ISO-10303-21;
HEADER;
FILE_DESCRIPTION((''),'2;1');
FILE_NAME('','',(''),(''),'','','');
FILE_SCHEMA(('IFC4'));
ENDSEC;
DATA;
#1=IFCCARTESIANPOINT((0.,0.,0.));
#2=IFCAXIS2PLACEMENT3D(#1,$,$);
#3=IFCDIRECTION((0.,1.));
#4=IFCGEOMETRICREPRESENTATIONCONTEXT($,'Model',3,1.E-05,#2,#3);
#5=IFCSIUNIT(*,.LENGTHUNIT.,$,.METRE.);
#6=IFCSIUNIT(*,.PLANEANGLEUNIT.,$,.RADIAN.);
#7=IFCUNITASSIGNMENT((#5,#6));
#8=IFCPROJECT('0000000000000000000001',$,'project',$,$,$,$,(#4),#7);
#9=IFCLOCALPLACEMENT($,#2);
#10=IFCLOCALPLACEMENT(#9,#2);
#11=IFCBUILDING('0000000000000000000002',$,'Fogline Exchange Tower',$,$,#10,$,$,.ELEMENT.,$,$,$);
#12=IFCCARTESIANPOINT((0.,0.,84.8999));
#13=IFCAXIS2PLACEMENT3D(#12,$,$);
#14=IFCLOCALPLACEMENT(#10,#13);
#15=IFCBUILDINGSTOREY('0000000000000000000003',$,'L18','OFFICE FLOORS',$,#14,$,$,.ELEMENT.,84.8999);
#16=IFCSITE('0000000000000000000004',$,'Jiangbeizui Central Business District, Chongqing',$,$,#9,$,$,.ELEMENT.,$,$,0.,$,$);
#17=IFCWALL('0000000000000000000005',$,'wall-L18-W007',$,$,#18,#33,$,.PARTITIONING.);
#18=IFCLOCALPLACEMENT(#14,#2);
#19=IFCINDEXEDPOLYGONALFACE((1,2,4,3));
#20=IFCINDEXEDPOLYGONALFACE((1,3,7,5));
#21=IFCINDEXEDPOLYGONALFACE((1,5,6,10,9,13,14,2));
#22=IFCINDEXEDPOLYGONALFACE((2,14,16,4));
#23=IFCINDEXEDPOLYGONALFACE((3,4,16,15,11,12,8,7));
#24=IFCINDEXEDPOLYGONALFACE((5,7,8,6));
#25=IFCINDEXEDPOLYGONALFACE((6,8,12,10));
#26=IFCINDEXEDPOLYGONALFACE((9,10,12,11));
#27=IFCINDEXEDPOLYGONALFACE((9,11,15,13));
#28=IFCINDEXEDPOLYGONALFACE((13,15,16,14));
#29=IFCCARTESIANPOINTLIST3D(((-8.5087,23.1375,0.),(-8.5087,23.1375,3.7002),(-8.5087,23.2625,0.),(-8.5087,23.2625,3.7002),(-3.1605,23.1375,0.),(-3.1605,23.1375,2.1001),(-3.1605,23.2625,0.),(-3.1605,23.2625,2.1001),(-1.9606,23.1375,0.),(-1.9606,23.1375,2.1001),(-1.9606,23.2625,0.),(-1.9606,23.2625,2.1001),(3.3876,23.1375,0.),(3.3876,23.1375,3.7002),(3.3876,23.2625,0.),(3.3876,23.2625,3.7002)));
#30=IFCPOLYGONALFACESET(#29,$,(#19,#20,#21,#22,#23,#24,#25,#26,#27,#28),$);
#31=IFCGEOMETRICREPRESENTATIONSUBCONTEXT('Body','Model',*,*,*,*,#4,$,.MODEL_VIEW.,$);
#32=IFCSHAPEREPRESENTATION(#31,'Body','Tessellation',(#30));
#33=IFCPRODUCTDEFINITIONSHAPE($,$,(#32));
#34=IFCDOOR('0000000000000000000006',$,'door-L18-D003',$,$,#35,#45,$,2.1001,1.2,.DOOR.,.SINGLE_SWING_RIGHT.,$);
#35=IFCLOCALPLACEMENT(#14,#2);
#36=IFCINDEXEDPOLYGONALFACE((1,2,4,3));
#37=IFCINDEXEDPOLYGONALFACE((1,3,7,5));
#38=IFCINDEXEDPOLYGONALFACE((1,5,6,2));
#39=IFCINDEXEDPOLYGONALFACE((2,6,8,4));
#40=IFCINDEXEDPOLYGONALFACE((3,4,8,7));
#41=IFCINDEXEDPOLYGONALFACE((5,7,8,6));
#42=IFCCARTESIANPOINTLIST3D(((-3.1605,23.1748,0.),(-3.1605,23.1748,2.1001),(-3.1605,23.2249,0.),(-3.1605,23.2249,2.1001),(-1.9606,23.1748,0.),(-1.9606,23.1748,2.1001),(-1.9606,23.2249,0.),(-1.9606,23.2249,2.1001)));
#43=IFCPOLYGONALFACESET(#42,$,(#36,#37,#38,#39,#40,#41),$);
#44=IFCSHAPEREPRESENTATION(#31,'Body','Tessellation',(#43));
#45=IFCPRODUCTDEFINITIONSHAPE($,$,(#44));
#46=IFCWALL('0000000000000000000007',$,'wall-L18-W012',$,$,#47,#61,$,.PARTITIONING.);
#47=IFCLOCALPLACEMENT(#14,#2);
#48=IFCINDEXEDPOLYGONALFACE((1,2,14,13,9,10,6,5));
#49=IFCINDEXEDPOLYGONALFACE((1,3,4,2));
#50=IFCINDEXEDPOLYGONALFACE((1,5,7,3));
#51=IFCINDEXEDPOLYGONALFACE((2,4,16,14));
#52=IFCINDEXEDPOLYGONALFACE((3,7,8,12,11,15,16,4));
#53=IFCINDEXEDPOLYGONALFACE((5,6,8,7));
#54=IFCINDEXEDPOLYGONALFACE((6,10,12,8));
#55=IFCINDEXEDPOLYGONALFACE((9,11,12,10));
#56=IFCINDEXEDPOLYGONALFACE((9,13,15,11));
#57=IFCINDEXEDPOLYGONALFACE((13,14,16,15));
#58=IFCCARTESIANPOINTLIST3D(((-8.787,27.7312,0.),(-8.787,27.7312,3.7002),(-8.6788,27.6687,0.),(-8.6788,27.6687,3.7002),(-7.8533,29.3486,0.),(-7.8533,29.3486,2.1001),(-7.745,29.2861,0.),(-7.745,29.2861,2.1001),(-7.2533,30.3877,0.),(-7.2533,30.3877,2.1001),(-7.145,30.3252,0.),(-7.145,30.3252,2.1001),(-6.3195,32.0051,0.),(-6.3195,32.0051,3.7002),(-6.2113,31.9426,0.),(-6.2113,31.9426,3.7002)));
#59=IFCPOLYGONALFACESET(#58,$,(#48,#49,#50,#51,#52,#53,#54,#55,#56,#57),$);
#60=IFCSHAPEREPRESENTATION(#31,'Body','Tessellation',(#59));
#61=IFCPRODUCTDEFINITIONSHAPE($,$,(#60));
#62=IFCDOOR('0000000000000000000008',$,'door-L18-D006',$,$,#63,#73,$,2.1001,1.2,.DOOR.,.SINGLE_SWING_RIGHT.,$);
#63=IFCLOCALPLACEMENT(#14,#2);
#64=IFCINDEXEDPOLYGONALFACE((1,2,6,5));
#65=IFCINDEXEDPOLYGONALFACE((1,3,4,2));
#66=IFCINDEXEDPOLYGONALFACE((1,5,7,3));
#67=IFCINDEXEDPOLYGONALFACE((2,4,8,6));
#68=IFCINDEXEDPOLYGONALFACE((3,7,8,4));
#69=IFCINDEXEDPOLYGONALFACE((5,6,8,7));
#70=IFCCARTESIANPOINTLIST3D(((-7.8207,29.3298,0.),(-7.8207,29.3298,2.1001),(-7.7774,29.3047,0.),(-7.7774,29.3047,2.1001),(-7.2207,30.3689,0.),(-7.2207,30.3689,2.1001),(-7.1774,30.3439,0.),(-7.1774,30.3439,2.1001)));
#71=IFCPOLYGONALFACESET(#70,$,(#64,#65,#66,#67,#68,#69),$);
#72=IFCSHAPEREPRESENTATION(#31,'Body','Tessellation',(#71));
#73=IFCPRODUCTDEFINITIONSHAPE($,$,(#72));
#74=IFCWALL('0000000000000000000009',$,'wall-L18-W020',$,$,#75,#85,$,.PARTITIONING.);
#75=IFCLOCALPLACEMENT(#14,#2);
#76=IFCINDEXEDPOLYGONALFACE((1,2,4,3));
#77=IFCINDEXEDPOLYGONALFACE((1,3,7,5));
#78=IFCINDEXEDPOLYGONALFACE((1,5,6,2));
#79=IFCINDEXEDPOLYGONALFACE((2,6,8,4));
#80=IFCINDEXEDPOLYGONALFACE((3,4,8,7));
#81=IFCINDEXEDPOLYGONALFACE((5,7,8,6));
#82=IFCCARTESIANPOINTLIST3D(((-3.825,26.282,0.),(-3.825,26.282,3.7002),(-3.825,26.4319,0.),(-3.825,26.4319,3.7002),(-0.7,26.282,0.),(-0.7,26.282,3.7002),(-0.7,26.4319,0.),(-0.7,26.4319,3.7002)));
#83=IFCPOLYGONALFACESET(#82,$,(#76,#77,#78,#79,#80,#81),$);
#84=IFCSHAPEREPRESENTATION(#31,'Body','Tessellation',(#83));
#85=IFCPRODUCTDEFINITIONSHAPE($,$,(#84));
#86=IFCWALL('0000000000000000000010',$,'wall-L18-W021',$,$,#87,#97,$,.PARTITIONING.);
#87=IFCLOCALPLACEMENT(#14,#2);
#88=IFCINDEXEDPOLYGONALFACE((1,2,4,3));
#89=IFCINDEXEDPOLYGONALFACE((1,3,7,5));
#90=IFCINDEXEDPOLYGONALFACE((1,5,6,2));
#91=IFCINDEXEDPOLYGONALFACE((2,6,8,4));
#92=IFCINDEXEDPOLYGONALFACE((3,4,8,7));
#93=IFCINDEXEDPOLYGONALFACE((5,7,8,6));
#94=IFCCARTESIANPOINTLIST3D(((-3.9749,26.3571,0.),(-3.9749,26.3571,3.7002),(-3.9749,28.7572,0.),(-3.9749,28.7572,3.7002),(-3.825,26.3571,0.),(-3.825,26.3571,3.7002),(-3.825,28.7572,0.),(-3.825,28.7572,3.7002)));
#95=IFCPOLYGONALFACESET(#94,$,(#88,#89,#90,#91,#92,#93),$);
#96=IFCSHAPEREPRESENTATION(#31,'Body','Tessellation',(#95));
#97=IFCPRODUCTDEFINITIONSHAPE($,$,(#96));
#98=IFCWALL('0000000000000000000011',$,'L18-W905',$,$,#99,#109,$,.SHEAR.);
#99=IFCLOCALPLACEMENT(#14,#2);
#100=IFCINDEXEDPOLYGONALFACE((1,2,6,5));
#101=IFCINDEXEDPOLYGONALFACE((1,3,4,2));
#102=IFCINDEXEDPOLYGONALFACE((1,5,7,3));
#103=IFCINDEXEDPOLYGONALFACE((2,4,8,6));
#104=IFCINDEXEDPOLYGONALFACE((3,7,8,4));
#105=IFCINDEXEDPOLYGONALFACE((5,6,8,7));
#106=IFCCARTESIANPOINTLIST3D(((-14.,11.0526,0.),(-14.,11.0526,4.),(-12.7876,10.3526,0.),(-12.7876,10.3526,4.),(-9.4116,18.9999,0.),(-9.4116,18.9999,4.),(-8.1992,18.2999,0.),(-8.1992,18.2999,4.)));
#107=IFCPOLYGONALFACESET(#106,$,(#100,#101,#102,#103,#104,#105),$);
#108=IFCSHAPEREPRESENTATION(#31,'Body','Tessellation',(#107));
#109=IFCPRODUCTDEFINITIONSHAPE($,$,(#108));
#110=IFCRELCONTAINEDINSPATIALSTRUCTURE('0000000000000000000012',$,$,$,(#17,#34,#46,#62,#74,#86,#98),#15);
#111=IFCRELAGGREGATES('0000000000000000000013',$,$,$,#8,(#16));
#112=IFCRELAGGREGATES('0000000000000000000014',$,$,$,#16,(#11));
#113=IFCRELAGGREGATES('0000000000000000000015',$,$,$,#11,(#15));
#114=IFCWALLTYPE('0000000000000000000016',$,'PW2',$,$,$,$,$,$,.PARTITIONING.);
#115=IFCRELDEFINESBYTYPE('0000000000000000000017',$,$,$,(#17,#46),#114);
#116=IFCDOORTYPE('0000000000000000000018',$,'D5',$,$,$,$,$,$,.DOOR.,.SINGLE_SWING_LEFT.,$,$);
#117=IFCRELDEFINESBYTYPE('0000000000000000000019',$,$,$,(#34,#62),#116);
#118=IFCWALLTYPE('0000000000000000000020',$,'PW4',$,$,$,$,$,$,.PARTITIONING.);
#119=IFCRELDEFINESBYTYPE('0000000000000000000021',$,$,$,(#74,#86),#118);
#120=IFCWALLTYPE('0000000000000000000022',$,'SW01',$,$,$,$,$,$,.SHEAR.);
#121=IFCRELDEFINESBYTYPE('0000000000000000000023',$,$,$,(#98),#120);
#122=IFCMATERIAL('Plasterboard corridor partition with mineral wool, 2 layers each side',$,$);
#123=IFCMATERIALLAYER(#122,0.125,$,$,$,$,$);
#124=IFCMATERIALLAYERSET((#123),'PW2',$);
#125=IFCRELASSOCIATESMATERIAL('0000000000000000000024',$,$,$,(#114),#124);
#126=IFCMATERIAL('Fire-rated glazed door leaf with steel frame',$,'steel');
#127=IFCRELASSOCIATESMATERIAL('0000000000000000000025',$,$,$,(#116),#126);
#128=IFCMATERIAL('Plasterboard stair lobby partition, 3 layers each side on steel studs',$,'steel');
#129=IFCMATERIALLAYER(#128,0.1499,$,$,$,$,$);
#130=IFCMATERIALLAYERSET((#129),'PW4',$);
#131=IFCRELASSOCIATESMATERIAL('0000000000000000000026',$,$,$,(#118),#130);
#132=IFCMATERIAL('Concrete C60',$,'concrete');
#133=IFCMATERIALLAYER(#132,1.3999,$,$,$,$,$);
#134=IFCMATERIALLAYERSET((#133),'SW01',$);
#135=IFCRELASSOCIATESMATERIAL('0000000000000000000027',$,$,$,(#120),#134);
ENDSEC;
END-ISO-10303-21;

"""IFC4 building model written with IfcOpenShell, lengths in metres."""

from ifc_helpers import new_model, si_unit, direction, frame, frame_2d, origin, place, context, subcontext, project, spatial, rectangle, extrude, material, layer, layer_set, type_object, element, fill, save


model = new_model("IFC4")

# Units and contexts
model_context = context("Model", 3, precision=1e-05, world=origin(), true_north=direction((0.0, 1.0)))
body_context = subcontext(model_context, "Body", "Model", "MODEL_VIEW")
ifc_project = project(units=[si_unit("LENGTHUNIT", "METRE"), si_unit("PLANEANGLEUNIT", "RADIAN")], contexts=[model_context])

# Site, building, storey
site_placement = place(None, origin())
site = spatial("IfcSite", under=ifc_project, at=site_placement, Name="Jiangbeizui Central Business District, Chongqing", CompositionType="ELEMENT", RefElevation=0.0)
building_placement = place(site_placement, origin())
building = spatial("IfcBuilding", under=site, at=building_placement, Name="Fogline Exchange Tower", CompositionType="ELEMENT")
storey_placement = place(building_placement, frame((0.0, 0.0, 84.8999)))
storey = spatial("IfcBuildingStorey", under=building, at=storey_placement, Name="L18", Description="OFFICE FLOORS", CompositionType="ELEMENT", Elevation=84.8999)

# Walls, openings, doors
ifc_material_1 = material(Name="Plasterboard corridor partition with mineral wool, 2 layers each side")
ifc_layer_1 = layer(ifc_material_1, 0.125)
ifc_layer_set_1 = layer_set([ifc_layer_1], Name="PW2")
wall_type_1 = type_object("IfcWallType", Name="PW2", PredefinedType="PARTITIONING", material=ifc_layer_set_1)
wall_1_placement = place(storey_placement, frame((-8.5088, 23.2, 0.0), z_axis=(0.0, 0.0, 1.0), x_axis=(1.0, 0.0, 0.0)))
wall_1 = element("IfcWall", 1, at=wall_1_placement, inside=storey, type_object=wall_type_1, Name="wall-L18-W007", PredefinedType="PARTITIONING", context=body_context, shape_type="SweptSolid", body=[
    extrude(rectangle(XDim=11.8962, YDim=0.125, at=frame_2d((5.9482, 0.0))), origin(), (0.0, 0.0, 1.0), 3.7002),
])
opening_1_placement = place(wall_1_placement, frame((5.3481, 0.0, 0.0)))
opening_1 = element("IfcOpeningElement", 2, at=opening_1_placement, cuts=wall_1, PredefinedType="OPENING", context=body_context, shape_type="SweptSolid", body=[
    extrude(rectangle(XDim=1.2, YDim=2.1001, at=frame_2d((0.6001, 1.05))), frame((0.0, 0.0725, 0.0), z_axis=(0.0, -1.0, 0.0), x_axis=(1.0, 0.0, 0.0)), (0.0, 0.0, 1.0), 0.145),
])
ifc_material_2 = material(Name="Fire-rated glazed door leaf with steel frame", Category="steel")
door_type_1 = type_object("IfcDoorType", Name="D5", OperationType="SINGLE_SWING_LEFT", PredefinedType="DOOR", material=ifc_material_2)
door_1_placement = place(opening_1_placement, origin())
door_1 = element("IfcDoor", 3, at=door_1_placement, inside=storey, type_object=door_type_1, Name="door-L18-D003", OperationType="SINGLE_SWING_RIGHT", OverallHeight=2.1001, OverallWidth=1.2, PredefinedType="DOOR", context=body_context, shape_type="SweptSolid", body=[
    extrude(rectangle(XDim=1.2, YDim=2.1001, at=frame_2d((0.6001, 1.05))), frame((0.0, 0.0249, 0.0), z_axis=(0.0, -1.0, 0.0), x_axis=(1.0, 0.0, 0.0)), (0.0, 0.0, 1.0), 0.05),
])
fill(opening_1, door_1)
wall_2_placement = place(storey_placement, frame((-8.7329, 27.7, 0.0), z_axis=(0.0, 0.0, 1.0), x_axis=(0.499997, 0.866027, 0.0)))
wall_2 = element("IfcWall", 4, at=wall_2_placement, inside=storey, type_object=wall_type_1, Name="wall-L18-W012", PredefinedType="PARTITIONING", context=body_context, shape_type="SweptSolid", body=[
    extrude(rectangle(XDim=4.9351, YDim=0.125, at=frame_2d((2.4675, 0.0))), origin(), (0.0, 0.0, 1.0), 3.7002),
])
opening_2_placement = place(wall_2_placement, frame((1.8674, 0.0, 0.0)))
opening_2 = element("IfcOpeningElement", 5, at=opening_2_placement, cuts=wall_2, PredefinedType="OPENING", context=body_context, shape_type="SweptSolid", body=[
    extrude(rectangle(XDim=1.2, YDim=2.1001, at=frame_2d((0.6001, 1.05))), frame((0.0, 0.0725, 0.0), z_axis=(0.0, -1.0, 0.0), x_axis=(1.0, 0.0, 0.0)), (0.0, 0.0, 1.0), 0.145),
])
door_2_placement = place(opening_2_placement, origin())
door_2 = element("IfcDoor", 6, at=door_2_placement, inside=storey, type_object=door_type_1, Name="door-L18-D006", OperationType="SINGLE_SWING_RIGHT", OverallHeight=2.1001, OverallWidth=1.2, PredefinedType="DOOR", context=body_context, shape_type="SweptSolid", body=[
    extrude(rectangle(XDim=1.2, YDim=2.1001, at=frame_2d((0.6001, 1.05))), frame((0.0, 0.0249, 0.0), z_axis=(0.0, -1.0, 0.0), x_axis=(1.0, 0.0, 0.0)), (0.0, 0.0, 1.0), 0.05),
])
fill(opening_2, door_2)

# Walls
ifc_material_3 = material(Name="Plasterboard stair lobby partition, 3 layers each side on steel studs", Category="steel")
ifc_layer_2 = layer(ifc_material_3, 0.1499)
ifc_layer_set_2 = layer_set([ifc_layer_2], Name="PW4")
wall_type_2 = type_object("IfcWallType", Name="PW4", PredefinedType="PARTITIONING", material=ifc_layer_set_2)
wall_3_placement = place(storey_placement, frame((-0.7, 26.3569, 0.0), z_axis=(0.0, 0.0, 1.0), x_axis=(-1.0, 0.0, 0.0)))
element("IfcWall", 7, at=wall_3_placement, inside=storey, type_object=wall_type_2, Name="wall-L18-W020", PredefinedType="PARTITIONING", context=body_context, shape_type="SweptSolid", body=[
    extrude(rectangle(XDim=3.125, YDim=0.1499, at=frame_2d((1.5625, 0.0))), origin(), (0.0, 0.0, 1.0), 3.7002),
])
wall_4_placement = place(storey_placement, frame((-3.8999, 26.3569, 0.0), z_axis=(0.0, 0.0, 1.0), x_axis=(0.0, 1.0, 0.0)))
element("IfcWall", 8, at=wall_4_placement, inside=storey, type_object=wall_type_2, Name="wall-L18-W021", PredefinedType="PARTITIONING", context=body_context, shape_type="SweptSolid", body=[
    extrude(rectangle(XDim=2.4001, YDim=0.1499, at=frame_2d((1.2002, 0.0))), origin(), (0.0, 0.0, 1.0), 3.7002),
])
ifc_material_4 = material(Name="Concrete C60", Category="concrete")
ifc_layer_3 = layer(ifc_material_4, 1.3999)
ifc_layer_set_3 = layer_set([ifc_layer_3], Name="SW01")
wall_type_3 = type_object("IfcWallType", Name="SW01", PredefinedType="SHEAR", material=ifc_layer_set_3)
wall_5_placement = place(storey_placement, frame((-8.8054, 18.6499, 0.0), z_axis=(0.0, 0.0, 1.0), x_axis=(-0.500002, -0.866024, 0.0)))
element("IfcWall", 9, at=wall_5_placement, inside=storey, type_object=wall_type_3, Name="L18-W905", PredefinedType="SHEAR", context=body_context, shape_type="SweptSolid", body=[
    extrude(rectangle(XDim=9.1768, YDim=1.3999, at=frame_2d((4.5884, 0.0))), origin(), (0.0, 0.0, 1.0), 4.0),
])

save(model, "model.ifc")
